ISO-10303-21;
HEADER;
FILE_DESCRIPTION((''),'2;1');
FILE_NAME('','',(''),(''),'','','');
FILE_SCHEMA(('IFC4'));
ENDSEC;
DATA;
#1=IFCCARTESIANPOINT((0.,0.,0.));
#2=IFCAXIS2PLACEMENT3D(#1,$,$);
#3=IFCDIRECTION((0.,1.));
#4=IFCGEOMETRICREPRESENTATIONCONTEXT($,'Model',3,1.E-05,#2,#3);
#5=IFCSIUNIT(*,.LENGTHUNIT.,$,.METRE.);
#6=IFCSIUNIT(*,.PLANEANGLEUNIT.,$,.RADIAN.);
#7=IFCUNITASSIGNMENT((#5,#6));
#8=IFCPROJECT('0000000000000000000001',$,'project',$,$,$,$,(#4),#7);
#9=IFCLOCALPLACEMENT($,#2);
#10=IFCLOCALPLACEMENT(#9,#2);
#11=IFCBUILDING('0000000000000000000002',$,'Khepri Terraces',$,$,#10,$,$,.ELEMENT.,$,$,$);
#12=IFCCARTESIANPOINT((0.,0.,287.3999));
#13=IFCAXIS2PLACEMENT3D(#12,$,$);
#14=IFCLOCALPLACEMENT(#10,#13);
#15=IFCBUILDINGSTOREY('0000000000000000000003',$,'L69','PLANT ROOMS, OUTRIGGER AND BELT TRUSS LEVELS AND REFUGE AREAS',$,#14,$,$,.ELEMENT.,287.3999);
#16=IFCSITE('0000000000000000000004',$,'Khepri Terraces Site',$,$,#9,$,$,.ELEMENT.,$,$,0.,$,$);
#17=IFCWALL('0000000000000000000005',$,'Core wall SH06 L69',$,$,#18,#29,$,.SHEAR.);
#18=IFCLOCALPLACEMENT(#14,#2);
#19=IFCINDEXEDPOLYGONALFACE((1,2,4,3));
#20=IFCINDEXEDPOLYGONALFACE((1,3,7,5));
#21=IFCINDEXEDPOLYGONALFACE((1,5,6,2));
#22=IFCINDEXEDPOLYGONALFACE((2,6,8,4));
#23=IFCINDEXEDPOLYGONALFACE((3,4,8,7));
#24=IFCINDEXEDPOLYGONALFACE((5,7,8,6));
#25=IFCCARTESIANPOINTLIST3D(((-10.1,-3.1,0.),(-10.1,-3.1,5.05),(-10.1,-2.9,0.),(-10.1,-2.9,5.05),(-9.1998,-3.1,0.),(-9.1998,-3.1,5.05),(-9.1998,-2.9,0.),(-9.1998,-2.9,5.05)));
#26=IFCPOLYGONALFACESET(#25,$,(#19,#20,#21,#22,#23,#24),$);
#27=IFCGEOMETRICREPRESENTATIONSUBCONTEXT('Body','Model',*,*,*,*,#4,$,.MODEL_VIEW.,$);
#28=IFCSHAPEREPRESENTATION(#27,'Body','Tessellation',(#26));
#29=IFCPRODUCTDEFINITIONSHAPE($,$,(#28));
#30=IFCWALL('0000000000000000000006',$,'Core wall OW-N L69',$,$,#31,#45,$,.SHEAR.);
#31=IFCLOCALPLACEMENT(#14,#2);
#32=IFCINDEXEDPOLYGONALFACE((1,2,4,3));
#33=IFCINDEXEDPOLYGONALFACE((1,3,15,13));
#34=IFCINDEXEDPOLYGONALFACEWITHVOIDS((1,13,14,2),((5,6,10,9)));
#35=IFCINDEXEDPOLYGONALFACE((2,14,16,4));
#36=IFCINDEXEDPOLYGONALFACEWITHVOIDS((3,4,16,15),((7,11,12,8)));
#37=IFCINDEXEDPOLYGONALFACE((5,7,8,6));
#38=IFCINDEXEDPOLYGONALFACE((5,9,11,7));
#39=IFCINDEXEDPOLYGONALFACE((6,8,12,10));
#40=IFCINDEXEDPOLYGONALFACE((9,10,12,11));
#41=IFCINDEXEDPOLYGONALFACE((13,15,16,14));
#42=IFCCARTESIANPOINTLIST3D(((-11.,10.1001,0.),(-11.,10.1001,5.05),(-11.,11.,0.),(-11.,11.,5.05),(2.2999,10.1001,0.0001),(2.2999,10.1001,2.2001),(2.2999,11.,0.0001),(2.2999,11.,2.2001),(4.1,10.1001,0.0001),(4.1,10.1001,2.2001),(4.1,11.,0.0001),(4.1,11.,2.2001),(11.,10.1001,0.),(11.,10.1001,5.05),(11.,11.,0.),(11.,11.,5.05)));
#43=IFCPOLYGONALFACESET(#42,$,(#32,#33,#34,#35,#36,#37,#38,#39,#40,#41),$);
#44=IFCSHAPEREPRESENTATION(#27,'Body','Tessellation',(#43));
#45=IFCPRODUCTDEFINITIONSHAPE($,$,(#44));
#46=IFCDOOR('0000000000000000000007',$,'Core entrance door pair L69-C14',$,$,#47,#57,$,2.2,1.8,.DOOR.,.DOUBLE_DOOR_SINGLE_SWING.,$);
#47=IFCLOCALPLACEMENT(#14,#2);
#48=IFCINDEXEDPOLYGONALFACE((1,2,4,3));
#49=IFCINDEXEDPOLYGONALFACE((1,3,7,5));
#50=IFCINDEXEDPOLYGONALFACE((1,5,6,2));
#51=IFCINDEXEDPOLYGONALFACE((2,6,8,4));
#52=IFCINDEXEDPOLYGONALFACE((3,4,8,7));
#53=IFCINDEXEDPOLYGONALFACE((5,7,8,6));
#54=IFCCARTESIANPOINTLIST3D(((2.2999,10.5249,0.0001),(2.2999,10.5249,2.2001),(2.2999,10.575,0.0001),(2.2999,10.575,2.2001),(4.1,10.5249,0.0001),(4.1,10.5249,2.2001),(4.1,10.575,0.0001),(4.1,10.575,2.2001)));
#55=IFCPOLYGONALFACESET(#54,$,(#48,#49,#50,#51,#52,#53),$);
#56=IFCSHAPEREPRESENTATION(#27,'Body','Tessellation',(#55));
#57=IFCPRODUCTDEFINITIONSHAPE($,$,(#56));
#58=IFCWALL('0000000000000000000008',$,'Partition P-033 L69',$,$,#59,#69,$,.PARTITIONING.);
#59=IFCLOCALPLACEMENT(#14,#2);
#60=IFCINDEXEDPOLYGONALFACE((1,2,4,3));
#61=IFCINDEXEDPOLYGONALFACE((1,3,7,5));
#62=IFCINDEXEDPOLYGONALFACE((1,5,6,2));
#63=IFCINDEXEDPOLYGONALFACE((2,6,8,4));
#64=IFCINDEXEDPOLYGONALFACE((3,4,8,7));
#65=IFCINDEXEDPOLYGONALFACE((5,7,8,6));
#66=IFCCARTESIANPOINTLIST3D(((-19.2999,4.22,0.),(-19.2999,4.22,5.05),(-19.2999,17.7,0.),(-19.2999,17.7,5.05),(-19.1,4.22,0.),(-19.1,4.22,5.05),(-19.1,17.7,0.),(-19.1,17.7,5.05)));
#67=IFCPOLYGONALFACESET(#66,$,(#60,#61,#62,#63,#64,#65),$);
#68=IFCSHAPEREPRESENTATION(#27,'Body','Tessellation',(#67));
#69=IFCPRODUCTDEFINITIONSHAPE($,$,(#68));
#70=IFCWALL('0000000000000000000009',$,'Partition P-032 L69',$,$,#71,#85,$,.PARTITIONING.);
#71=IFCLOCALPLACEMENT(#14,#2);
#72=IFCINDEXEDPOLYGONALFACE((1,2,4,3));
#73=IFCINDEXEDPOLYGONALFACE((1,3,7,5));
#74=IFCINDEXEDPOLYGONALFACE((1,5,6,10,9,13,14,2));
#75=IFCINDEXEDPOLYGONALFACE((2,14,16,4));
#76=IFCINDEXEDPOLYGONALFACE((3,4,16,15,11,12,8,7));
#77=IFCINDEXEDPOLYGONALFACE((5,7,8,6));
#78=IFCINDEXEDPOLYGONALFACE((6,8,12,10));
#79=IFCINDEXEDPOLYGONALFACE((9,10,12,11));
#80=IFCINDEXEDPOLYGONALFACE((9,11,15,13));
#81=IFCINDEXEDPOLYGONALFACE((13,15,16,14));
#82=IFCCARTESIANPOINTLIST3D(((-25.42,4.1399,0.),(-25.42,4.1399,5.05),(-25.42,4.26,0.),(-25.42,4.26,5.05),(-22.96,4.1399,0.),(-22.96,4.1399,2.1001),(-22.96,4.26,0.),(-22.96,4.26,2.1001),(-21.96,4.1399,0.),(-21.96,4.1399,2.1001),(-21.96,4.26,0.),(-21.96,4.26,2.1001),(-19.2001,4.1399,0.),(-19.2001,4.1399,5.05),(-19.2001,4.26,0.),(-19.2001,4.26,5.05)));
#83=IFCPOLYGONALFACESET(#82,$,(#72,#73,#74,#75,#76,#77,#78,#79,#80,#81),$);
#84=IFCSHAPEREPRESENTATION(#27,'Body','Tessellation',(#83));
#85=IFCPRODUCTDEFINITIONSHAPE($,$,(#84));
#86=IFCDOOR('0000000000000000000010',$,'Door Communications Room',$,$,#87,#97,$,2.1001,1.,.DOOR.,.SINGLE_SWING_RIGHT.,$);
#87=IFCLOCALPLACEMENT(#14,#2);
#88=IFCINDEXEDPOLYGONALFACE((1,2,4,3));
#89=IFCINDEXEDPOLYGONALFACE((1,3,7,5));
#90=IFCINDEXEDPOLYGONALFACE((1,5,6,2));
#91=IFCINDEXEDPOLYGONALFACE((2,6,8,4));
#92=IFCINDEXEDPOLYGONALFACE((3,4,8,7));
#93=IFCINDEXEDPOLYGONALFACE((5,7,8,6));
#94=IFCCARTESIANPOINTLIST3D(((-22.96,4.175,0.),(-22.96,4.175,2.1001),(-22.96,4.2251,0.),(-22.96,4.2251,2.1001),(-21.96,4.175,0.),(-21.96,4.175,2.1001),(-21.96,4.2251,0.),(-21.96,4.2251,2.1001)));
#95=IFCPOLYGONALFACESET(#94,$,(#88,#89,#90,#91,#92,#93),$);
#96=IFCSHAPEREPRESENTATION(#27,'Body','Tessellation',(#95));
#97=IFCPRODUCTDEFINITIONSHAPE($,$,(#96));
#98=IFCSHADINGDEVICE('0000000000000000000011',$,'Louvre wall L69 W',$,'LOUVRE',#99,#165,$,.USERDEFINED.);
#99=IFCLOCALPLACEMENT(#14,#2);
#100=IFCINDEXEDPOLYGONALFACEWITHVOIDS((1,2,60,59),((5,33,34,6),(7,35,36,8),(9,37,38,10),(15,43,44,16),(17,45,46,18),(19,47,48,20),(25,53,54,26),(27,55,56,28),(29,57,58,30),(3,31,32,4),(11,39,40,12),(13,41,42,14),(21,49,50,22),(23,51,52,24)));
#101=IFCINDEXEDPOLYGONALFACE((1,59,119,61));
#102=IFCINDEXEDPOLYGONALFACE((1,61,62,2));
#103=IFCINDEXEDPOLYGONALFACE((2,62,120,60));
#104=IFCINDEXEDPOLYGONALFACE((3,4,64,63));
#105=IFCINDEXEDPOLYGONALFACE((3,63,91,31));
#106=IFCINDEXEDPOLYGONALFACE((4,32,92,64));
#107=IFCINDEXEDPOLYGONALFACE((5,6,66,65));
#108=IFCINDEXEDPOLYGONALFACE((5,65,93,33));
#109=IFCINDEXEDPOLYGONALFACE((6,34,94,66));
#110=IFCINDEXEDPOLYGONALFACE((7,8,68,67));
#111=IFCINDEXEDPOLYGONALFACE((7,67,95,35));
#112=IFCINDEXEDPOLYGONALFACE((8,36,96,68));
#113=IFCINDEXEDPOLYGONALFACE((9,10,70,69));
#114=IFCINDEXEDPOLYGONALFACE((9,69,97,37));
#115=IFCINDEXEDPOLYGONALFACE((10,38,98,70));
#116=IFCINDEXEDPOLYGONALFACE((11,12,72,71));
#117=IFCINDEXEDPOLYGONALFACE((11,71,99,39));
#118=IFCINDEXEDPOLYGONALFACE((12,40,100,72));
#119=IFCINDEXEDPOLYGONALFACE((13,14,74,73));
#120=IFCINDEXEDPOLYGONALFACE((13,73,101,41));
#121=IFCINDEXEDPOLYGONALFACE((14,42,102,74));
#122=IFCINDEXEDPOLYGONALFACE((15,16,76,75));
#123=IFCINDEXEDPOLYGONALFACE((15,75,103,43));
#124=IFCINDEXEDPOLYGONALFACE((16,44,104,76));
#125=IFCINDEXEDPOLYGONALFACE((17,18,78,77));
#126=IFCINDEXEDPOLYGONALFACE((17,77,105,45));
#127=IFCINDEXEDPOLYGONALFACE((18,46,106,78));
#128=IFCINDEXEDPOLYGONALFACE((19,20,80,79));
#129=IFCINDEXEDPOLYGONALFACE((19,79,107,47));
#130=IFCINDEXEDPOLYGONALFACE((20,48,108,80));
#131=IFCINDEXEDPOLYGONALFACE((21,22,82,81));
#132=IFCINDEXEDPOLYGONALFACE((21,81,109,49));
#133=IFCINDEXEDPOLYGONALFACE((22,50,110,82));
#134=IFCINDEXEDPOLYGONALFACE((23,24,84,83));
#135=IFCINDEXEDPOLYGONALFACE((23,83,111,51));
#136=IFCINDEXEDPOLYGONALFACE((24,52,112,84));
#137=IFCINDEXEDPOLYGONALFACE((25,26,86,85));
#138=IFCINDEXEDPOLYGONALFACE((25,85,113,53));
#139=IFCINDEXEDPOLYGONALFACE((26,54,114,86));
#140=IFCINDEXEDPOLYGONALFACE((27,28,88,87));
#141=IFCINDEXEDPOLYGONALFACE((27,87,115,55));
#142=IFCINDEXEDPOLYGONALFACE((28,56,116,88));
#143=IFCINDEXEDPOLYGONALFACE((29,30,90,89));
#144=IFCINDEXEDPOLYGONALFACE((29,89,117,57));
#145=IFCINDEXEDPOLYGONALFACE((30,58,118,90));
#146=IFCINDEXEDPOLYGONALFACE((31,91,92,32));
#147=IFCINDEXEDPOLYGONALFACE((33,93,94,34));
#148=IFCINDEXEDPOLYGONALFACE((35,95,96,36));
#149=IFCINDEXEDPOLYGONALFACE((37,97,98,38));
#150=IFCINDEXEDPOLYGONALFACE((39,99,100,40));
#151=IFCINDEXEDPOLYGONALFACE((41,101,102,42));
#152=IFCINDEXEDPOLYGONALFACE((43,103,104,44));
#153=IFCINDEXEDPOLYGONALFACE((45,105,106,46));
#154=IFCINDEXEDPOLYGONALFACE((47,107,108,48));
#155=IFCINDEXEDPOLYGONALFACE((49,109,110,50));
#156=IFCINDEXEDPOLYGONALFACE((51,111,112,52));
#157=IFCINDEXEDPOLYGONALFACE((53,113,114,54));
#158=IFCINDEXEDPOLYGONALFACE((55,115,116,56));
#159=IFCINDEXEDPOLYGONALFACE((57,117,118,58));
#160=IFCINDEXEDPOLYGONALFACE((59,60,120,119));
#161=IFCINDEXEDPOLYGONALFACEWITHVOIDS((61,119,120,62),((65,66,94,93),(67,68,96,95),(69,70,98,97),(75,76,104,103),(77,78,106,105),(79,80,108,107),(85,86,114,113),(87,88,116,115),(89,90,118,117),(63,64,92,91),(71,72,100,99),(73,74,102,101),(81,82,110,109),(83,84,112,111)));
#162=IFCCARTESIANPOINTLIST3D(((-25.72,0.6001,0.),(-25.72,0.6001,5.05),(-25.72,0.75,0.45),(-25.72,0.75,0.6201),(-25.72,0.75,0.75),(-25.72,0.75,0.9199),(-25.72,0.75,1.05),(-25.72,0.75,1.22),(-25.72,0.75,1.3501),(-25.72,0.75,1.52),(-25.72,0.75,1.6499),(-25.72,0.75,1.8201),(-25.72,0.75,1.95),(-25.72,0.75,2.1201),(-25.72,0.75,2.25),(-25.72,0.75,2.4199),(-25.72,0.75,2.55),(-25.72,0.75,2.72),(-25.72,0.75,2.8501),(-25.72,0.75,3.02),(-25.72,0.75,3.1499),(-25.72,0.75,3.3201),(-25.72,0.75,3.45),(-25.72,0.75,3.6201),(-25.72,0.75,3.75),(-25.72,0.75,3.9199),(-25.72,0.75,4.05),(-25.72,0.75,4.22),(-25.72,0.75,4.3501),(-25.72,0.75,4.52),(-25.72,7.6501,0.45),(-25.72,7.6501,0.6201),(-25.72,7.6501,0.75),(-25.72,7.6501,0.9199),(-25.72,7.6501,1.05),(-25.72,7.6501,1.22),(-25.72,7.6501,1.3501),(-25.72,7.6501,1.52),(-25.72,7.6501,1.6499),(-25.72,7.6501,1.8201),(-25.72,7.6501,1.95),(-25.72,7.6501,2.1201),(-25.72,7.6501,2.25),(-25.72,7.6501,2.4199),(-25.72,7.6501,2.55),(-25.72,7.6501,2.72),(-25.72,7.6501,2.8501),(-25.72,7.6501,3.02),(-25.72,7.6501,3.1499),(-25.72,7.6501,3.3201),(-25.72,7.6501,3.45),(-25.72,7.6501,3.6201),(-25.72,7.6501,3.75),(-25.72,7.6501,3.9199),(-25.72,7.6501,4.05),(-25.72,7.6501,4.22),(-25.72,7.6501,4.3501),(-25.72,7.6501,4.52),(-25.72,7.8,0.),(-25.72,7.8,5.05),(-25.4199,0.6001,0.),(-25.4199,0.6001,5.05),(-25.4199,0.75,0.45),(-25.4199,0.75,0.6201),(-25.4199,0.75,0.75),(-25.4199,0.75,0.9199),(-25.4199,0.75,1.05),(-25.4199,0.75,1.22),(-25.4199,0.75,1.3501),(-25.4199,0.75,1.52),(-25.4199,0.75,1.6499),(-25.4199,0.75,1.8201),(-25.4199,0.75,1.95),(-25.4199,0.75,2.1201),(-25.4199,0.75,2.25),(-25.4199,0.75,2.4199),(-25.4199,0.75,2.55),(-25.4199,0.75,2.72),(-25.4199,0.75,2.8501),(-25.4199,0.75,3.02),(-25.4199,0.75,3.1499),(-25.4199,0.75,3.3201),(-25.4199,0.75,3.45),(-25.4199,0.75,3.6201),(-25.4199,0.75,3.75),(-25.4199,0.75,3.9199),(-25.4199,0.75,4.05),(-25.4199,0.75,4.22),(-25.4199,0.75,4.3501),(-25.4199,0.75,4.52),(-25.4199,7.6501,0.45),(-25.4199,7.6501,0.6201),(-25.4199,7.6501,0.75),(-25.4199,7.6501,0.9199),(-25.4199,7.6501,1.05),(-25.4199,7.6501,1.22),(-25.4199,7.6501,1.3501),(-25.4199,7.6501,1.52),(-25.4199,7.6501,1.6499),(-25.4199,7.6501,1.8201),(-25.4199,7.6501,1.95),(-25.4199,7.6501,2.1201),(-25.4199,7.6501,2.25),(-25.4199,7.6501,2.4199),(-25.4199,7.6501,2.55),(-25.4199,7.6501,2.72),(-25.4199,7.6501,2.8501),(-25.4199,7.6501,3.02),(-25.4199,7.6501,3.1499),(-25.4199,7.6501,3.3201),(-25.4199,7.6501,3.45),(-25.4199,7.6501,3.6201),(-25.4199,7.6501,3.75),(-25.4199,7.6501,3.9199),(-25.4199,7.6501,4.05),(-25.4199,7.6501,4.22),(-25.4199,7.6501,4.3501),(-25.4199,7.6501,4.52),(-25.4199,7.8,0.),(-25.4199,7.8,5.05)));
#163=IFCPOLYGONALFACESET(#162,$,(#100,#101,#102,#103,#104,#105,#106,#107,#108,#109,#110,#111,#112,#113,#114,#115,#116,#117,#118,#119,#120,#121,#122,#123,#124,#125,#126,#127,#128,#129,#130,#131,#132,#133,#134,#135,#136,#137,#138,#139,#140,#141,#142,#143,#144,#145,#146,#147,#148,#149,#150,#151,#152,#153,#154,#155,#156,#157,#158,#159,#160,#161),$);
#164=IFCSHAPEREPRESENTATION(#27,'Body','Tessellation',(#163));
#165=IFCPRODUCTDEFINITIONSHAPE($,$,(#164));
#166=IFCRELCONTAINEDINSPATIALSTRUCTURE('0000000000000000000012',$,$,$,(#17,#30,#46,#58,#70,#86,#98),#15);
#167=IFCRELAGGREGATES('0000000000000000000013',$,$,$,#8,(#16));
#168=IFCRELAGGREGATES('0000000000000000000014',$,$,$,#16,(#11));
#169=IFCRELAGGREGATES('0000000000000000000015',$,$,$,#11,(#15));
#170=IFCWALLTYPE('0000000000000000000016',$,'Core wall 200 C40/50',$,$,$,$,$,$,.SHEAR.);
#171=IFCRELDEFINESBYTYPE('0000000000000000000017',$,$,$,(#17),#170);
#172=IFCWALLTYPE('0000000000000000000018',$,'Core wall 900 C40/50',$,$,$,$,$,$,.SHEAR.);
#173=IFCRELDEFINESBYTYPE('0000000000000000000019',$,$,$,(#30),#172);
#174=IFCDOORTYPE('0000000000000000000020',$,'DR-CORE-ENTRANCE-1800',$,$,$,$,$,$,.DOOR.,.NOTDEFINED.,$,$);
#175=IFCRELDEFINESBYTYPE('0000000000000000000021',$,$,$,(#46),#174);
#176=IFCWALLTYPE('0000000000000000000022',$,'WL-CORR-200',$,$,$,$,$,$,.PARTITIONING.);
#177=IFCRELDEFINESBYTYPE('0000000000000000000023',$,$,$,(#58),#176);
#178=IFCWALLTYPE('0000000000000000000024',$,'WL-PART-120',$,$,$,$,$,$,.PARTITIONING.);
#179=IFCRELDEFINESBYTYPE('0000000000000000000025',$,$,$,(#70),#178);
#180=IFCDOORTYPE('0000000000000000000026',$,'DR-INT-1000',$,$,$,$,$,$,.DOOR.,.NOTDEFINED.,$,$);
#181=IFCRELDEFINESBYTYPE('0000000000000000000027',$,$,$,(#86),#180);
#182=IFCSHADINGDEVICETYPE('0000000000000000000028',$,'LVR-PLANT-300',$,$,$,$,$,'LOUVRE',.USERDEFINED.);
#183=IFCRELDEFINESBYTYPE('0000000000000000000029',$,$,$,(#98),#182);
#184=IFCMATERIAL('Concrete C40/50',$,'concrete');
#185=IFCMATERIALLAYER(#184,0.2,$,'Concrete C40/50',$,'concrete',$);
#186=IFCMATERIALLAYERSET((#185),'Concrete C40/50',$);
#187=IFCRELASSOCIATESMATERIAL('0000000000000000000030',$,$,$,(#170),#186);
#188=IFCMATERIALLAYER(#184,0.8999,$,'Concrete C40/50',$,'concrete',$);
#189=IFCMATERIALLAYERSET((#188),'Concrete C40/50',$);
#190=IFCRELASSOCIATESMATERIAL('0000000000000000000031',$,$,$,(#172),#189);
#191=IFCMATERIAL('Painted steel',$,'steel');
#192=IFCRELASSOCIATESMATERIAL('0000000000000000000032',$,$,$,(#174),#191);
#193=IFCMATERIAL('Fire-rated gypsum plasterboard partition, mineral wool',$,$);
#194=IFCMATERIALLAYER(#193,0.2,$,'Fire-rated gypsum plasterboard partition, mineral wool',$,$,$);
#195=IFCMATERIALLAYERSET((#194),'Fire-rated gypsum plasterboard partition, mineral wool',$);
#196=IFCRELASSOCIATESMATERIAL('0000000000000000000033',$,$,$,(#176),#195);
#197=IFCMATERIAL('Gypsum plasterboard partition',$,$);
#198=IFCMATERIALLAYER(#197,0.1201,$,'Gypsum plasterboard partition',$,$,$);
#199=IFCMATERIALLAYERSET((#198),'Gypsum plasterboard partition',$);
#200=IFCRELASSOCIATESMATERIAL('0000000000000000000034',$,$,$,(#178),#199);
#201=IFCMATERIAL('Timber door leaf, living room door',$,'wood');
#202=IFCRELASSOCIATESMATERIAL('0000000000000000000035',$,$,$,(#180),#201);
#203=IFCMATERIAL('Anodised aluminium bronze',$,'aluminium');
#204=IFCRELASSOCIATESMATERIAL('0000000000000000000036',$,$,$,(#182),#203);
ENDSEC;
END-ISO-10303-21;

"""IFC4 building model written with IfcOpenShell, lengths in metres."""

from ifc_helpers import new_model, si_unit, direction, frame, frame_2d, origin, place, context, subcontext, project, spatial, polyline, rectangle, outline, extrude, material, layer, layer_set, type_object, element, fill, save


model = new_model("IFC4")

# Units and contexts
model_context = context("Model", 3, precision=1e-05, world=origin(), true_north=direction((0.0, 1.0)))
body_context = subcontext(model_context, "Body", "Model", "MODEL_VIEW")
ifc_project = project(units=[si_unit("LENGTHUNIT", "METRE"), si_unit("PLANEANGLEUNIT", "RADIAN")], contexts=[model_context])

# Site, building, storey
site_placement = place(None, origin())
site = spatial("IfcSite", under=ifc_project, at=site_placement, Name="Khepri Terraces Site", CompositionType="ELEMENT", RefElevation=0.0)
building_placement = place(site_placement, origin())
building = spatial("IfcBuilding", under=site, at=building_placement, Name="Khepri Terraces", CompositionType="ELEMENT")
storey_placement = place(building_placement, frame((0.0, 0.0, 287.3999)))
storey = spatial("IfcBuildingStorey", under=building, at=storey_placement, Name="L69", Description="PLANT ROOMS, OUTRIGGER AND BELT TRUSS LEVELS AND REFUGE AREAS", CompositionType="ELEMENT", Elevation=287.3999)

# Shared definitions
ifc_material_1 = material(Name="Concrete C40/50", Category="concrete")

# Wall
ifc_layer_1 = layer(ifc_material_1, 0.2, Name="Concrete C40/50", Category="concrete")
ifc_layer_set_1 = layer_set([ifc_layer_1], Name="Concrete C40/50")
wall_type_1 = type_object("IfcWallType", Name="Core wall 200 C40/50", PredefinedType="SHEAR", material=ifc_layer_set_1)
wall_1_placement = place(storey_placement, frame((-10.1001, -3.0, 0.0), z_axis=(0.0, 0.0, 1.0), x_axis=(1.0, 0.0, 0.0)))
element("IfcWall", 1, at=wall_1_placement, inside=storey, type_object=wall_type_1, Name="Core wall SH06 L69", PredefinedType="SHEAR", context=body_context, shape_type="SweptSolid", body=[
    extrude(rectangle(XDim=0.9001, YDim=0.2, at=frame_2d((0.4502, 0.0))), origin(), (0.0, 0.0, 1.0), 5.05),
])

# Wall, opening, door
ifc_layer_2 = layer(ifc_material_1, 0.8999, Name="Concrete C40/50", Category="concrete")
ifc_layer_set_2 = layer_set([ifc_layer_2], Name="Concrete C40/50")
wall_type_2 = type_object("IfcWallType", Name="Core wall 900 C40/50", PredefinedType="SHEAR", material=ifc_layer_set_2)
wall_2_placement = place(storey_placement, frame((-11.0, 10.55, 0.0), z_axis=(0.0, 0.0, 1.0), x_axis=(1.0, 0.0, 0.0)))
wall_2 = element("IfcWall", 2, at=wall_2_placement, inside=storey, type_object=wall_type_2, Name="Core wall OW-N L69", PredefinedType="SHEAR", context=body_context, shape_type="SweptSolid", body=[
    extrude(rectangle(XDim=22.0, YDim=0.8999, at=frame_2d((11.0, 0.0))), origin(), (0.0, 0.0, 1.0), 5.05),
])
opening_1_placement = place(wall_2_placement, frame((13.3, 0.0, 0.0)))
opening_1 = element("IfcOpeningElement", 3, at=opening_1_placement, cuts=wall_2, PredefinedType="OPENING", context=body_context, shape_type="SweptSolid", body=[
    extrude(rectangle(XDim=1.8, YDim=2.2, at=frame_2d((0.8999, 1.1001))), frame((0.0, 0.46, 0.0), z_axis=(0.0, -1.0, 0.0), x_axis=(1.0, 0.0, 0.0)), (0.0, 0.0, 1.0), 0.9199),
])
ifc_material_2 = material(Name="Painted steel", Category="steel")
door_type_1 = type_object("IfcDoorType", Name="DR-CORE-ENTRANCE-1800", OperationType="NOTDEFINED", PredefinedType="DOOR", material=ifc_material_2)
door_1_placement = place(opening_1_placement, origin())
door_1 = element("IfcDoor", 4, at=door_1_placement, inside=storey, type_object=door_type_1, Name="Core entrance door pair L69-C14", OperationType="DOUBLE_DOOR_SINGLE_SWING", OverallHeight=2.2, OverallWidth=1.8, PredefinedType="DOOR", context=body_context, shape_type="SweptSolid", body=[
    extrude(rectangle(XDim=1.8, YDim=2.2, at=frame_2d((0.8999, 1.1001))), frame((0.0, 0.0249, 0.0), z_axis=(0.0, -1.0, 0.0), x_axis=(1.0, 0.0, 0.0)), (0.0, 0.0, 1.0), 0.05),
])
fill(opening_1, door_1)

# Wall
ifc_material_3 = material(Name="Fire-rated gypsum plasterboard partition, mineral wool")
ifc_layer_3 = layer(ifc_material_3, 0.2, Name="Fire-rated gypsum plasterboard partition, mineral wool")
ifc_layer_set_3 = layer_set([ifc_layer_3], Name="Fire-rated gypsum plasterboard partition, mineral wool")
wall_type_3 = type_object("IfcWallType", Name="WL-CORR-200", PredefinedType="PARTITIONING", material=ifc_layer_set_3)
wall_3_placement = place(storey_placement, frame((-19.2, 4.22, 0.0), z_axis=(0.0, 0.0, 1.0), x_axis=(0.0, 1.0, 0.0)))
element("IfcWall", 5, at=wall_3_placement, inside=storey, type_object=wall_type_3, Name="Partition P-033 L69", PredefinedType="PARTITIONING", context=body_context, shape_type="SweptSolid", body=[
    extrude(rectangle(XDim=13.48, YDim=0.2, at=frame_2d((6.74, 0.0))), origin(), (0.0, 0.0, 1.0), 5.05),
])

# Wall, opening, door
ifc_material_4 = material(Name="Gypsum plasterboard partition")
ifc_layer_4 = layer(ifc_material_4, 0.1201, Name="Gypsum plasterboard partition")
ifc_layer_set_4 = layer_set([ifc_layer_4], Name="Gypsum plasterboard partition")
wall_type_4 = type_object("IfcWallType", Name="WL-PART-120", PredefinedType="PARTITIONING", material=ifc_layer_set_4)
wall_4_placement = place(storey_placement, frame((-25.4199, 4.2, 0.0), z_axis=(0.0, 0.0, 1.0), x_axis=(1.0, 0.0, 0.0)))
wall_4 = element("IfcWall", 6, at=wall_4_placement, inside=storey, type_object=wall_type_4, Name="Partition P-032 L69", PredefinedType="PARTITIONING", context=body_context, shape_type="SweptSolid", body=[
    extrude(rectangle(XDim=6.22, YDim=0.1201, at=frame_2d((3.1099, 0.0))), origin(), (0.0, 0.0, 1.0), 5.05),
])
opening_2_placement = place(wall_4_placement, frame((2.46, 0.0, 0.0)))
opening_2 = element("IfcOpeningElement", 7, at=opening_2_placement, cuts=wall_4, PredefinedType="OPENING", context=body_context, shape_type="SweptSolid", body=[
    extrude(rectangle(XDim=1.0, YDim=2.1001, at=frame_2d((0.5, 1.05))), frame((0.0, 0.0701, 0.0), z_axis=(0.0, -1.0, 0.0), x_axis=(1.0, 0.0, 0.0)), (0.0, 0.0, 1.0), 0.1401),
])
ifc_material_5 = material(Name="Timber door leaf, living room door", Category="wood")
door_type_2 = type_object("IfcDoorType", Name="DR-INT-1000", OperationType="NOTDEFINED", PredefinedType="DOOR", material=ifc_material_5)
door_2_placement = place(opening_2_placement, frame((1.0, 0.0, 0.0), z_axis=(0.0, 0.0, 1.0), x_axis=(-1.0, 0.0, 0.0)))
door_2 = element("IfcDoor", 8, at=door_2_placement, inside=storey, type_object=door_type_2, Name="Door Communications Room", OperationType="SINGLE_SWING_RIGHT", OverallHeight=2.1001, OverallWidth=1.0, PredefinedType="DOOR", context=body_context, shape_type="SweptSolid", body=[
    extrude(rectangle(XDim=1.0, YDim=2.1001, at=frame_2d((0.5, 1.05))), frame((0.0, 0.0249, 0.0), z_axis=(0.0, -1.0, 0.0), x_axis=(1.0, 0.0, 0.0)), (0.0, 0.0, 1.0), 0.05),
])
fill(opening_2, door_2)

# Shading device
ifc_material_6 = material(Name="Anodised aluminium bronze", Category="aluminium")
shading_device_type = type_object("IfcShadingDeviceType", Name="LVR-PLANT-300", ElementType="LOUVRE", PredefinedType="USERDEFINED", material=ifc_material_6)
shading_device_1_placement = place(storey_placement, frame((-25.4199, 7.8, 0.0), z_axis=(-1.0, 0.0, 0.0), x_axis=(0.0, -1.0, 0.0)))
element("IfcShadingDevice", 9, at=shading_device_1_placement, inside=storey, type_object=shading_device_type, Name="Louvre wall L69 W", ObjectType="LOUVRE", PredefinedType="USERDEFINED", context=body_context, shape_type="SweptSolid", body=[
    extrude(outline(polyline([(0.0, 0.0), (7.2, 0.0), (7.2, 5.05), (0.0, 5.05), (0.0, 0.0)]), holes=[polyline([(0.1499, 0.45), (7.05, 0.45), (7.05, 0.6201), (0.1499, 0.6201), (0.1499, 0.45)]), polyline([(0.1499, 0.75), (7.05, 0.75), (7.05, 0.9199), (0.1499, 0.9199), (0.1499, 0.75)]), polyline([(0.1499, 1.05), (7.05, 1.05), (7.05, 1.22), (0.1499, 1.22), (0.1499, 1.05)]), polyline([(0.1499, 1.3501), (7.05, 1.3501), (7.05, 1.52), (0.1499, 1.52), (0.1499, 1.3501)]), polyline([(0.1499, 1.6499), (7.05, 1.6499), (7.05, 1.8201), (0.1499, 1.8201), (0.1499, 1.6499)]), polyline([(0.1499, 1.95), (7.05, 1.95), (7.05, 2.1201), (0.1499, 2.1201), (0.1499, 1.95)]), polyline([(0.1499, 2.25), (7.05, 2.25), (7.05, 2.4199), (0.1499, 2.4199), (0.1499, 2.25)]), polyline([(0.1499, 2.55), (7.05, 2.55), (7.05, 2.72), (0.1499, 2.72), (0.1499, 2.55)]), polyline([(0.1499, 2.8501), (7.05, 2.8501), (7.05, 3.02), (0.1499, 3.02), (0.1499, 2.8501)]), polyline([(0.1499, 3.1499), (7.05, 3.1499), (7.05, 3.3201), (0.1499, 3.3201), (0.1499, 3.1499)]), polyline([(0.1499, 3.45), (7.05, 3.45), (7.05, 3.6201), (0.1499, 3.6201), (0.1499, 3.45)]), polyline([(0.1499, 3.75), (7.05, 3.75), (7.05, 3.9199), (0.1499, 3.9199), (0.1499, 3.75)]), polyline([(0.1499, 4.05), (7.05, 4.05), (7.05, 4.22), (0.1499, 4.22), (0.1499, 4.05)]), polyline([(0.1499, 4.3501), (7.05, 4.3501), (7.05, 4.52), (0.1499, 4.52), (0.1499, 4.3501)])]), origin(), (0.0, 0.0, 1.0), 0.3),
])

save(model, "model.ifc")
